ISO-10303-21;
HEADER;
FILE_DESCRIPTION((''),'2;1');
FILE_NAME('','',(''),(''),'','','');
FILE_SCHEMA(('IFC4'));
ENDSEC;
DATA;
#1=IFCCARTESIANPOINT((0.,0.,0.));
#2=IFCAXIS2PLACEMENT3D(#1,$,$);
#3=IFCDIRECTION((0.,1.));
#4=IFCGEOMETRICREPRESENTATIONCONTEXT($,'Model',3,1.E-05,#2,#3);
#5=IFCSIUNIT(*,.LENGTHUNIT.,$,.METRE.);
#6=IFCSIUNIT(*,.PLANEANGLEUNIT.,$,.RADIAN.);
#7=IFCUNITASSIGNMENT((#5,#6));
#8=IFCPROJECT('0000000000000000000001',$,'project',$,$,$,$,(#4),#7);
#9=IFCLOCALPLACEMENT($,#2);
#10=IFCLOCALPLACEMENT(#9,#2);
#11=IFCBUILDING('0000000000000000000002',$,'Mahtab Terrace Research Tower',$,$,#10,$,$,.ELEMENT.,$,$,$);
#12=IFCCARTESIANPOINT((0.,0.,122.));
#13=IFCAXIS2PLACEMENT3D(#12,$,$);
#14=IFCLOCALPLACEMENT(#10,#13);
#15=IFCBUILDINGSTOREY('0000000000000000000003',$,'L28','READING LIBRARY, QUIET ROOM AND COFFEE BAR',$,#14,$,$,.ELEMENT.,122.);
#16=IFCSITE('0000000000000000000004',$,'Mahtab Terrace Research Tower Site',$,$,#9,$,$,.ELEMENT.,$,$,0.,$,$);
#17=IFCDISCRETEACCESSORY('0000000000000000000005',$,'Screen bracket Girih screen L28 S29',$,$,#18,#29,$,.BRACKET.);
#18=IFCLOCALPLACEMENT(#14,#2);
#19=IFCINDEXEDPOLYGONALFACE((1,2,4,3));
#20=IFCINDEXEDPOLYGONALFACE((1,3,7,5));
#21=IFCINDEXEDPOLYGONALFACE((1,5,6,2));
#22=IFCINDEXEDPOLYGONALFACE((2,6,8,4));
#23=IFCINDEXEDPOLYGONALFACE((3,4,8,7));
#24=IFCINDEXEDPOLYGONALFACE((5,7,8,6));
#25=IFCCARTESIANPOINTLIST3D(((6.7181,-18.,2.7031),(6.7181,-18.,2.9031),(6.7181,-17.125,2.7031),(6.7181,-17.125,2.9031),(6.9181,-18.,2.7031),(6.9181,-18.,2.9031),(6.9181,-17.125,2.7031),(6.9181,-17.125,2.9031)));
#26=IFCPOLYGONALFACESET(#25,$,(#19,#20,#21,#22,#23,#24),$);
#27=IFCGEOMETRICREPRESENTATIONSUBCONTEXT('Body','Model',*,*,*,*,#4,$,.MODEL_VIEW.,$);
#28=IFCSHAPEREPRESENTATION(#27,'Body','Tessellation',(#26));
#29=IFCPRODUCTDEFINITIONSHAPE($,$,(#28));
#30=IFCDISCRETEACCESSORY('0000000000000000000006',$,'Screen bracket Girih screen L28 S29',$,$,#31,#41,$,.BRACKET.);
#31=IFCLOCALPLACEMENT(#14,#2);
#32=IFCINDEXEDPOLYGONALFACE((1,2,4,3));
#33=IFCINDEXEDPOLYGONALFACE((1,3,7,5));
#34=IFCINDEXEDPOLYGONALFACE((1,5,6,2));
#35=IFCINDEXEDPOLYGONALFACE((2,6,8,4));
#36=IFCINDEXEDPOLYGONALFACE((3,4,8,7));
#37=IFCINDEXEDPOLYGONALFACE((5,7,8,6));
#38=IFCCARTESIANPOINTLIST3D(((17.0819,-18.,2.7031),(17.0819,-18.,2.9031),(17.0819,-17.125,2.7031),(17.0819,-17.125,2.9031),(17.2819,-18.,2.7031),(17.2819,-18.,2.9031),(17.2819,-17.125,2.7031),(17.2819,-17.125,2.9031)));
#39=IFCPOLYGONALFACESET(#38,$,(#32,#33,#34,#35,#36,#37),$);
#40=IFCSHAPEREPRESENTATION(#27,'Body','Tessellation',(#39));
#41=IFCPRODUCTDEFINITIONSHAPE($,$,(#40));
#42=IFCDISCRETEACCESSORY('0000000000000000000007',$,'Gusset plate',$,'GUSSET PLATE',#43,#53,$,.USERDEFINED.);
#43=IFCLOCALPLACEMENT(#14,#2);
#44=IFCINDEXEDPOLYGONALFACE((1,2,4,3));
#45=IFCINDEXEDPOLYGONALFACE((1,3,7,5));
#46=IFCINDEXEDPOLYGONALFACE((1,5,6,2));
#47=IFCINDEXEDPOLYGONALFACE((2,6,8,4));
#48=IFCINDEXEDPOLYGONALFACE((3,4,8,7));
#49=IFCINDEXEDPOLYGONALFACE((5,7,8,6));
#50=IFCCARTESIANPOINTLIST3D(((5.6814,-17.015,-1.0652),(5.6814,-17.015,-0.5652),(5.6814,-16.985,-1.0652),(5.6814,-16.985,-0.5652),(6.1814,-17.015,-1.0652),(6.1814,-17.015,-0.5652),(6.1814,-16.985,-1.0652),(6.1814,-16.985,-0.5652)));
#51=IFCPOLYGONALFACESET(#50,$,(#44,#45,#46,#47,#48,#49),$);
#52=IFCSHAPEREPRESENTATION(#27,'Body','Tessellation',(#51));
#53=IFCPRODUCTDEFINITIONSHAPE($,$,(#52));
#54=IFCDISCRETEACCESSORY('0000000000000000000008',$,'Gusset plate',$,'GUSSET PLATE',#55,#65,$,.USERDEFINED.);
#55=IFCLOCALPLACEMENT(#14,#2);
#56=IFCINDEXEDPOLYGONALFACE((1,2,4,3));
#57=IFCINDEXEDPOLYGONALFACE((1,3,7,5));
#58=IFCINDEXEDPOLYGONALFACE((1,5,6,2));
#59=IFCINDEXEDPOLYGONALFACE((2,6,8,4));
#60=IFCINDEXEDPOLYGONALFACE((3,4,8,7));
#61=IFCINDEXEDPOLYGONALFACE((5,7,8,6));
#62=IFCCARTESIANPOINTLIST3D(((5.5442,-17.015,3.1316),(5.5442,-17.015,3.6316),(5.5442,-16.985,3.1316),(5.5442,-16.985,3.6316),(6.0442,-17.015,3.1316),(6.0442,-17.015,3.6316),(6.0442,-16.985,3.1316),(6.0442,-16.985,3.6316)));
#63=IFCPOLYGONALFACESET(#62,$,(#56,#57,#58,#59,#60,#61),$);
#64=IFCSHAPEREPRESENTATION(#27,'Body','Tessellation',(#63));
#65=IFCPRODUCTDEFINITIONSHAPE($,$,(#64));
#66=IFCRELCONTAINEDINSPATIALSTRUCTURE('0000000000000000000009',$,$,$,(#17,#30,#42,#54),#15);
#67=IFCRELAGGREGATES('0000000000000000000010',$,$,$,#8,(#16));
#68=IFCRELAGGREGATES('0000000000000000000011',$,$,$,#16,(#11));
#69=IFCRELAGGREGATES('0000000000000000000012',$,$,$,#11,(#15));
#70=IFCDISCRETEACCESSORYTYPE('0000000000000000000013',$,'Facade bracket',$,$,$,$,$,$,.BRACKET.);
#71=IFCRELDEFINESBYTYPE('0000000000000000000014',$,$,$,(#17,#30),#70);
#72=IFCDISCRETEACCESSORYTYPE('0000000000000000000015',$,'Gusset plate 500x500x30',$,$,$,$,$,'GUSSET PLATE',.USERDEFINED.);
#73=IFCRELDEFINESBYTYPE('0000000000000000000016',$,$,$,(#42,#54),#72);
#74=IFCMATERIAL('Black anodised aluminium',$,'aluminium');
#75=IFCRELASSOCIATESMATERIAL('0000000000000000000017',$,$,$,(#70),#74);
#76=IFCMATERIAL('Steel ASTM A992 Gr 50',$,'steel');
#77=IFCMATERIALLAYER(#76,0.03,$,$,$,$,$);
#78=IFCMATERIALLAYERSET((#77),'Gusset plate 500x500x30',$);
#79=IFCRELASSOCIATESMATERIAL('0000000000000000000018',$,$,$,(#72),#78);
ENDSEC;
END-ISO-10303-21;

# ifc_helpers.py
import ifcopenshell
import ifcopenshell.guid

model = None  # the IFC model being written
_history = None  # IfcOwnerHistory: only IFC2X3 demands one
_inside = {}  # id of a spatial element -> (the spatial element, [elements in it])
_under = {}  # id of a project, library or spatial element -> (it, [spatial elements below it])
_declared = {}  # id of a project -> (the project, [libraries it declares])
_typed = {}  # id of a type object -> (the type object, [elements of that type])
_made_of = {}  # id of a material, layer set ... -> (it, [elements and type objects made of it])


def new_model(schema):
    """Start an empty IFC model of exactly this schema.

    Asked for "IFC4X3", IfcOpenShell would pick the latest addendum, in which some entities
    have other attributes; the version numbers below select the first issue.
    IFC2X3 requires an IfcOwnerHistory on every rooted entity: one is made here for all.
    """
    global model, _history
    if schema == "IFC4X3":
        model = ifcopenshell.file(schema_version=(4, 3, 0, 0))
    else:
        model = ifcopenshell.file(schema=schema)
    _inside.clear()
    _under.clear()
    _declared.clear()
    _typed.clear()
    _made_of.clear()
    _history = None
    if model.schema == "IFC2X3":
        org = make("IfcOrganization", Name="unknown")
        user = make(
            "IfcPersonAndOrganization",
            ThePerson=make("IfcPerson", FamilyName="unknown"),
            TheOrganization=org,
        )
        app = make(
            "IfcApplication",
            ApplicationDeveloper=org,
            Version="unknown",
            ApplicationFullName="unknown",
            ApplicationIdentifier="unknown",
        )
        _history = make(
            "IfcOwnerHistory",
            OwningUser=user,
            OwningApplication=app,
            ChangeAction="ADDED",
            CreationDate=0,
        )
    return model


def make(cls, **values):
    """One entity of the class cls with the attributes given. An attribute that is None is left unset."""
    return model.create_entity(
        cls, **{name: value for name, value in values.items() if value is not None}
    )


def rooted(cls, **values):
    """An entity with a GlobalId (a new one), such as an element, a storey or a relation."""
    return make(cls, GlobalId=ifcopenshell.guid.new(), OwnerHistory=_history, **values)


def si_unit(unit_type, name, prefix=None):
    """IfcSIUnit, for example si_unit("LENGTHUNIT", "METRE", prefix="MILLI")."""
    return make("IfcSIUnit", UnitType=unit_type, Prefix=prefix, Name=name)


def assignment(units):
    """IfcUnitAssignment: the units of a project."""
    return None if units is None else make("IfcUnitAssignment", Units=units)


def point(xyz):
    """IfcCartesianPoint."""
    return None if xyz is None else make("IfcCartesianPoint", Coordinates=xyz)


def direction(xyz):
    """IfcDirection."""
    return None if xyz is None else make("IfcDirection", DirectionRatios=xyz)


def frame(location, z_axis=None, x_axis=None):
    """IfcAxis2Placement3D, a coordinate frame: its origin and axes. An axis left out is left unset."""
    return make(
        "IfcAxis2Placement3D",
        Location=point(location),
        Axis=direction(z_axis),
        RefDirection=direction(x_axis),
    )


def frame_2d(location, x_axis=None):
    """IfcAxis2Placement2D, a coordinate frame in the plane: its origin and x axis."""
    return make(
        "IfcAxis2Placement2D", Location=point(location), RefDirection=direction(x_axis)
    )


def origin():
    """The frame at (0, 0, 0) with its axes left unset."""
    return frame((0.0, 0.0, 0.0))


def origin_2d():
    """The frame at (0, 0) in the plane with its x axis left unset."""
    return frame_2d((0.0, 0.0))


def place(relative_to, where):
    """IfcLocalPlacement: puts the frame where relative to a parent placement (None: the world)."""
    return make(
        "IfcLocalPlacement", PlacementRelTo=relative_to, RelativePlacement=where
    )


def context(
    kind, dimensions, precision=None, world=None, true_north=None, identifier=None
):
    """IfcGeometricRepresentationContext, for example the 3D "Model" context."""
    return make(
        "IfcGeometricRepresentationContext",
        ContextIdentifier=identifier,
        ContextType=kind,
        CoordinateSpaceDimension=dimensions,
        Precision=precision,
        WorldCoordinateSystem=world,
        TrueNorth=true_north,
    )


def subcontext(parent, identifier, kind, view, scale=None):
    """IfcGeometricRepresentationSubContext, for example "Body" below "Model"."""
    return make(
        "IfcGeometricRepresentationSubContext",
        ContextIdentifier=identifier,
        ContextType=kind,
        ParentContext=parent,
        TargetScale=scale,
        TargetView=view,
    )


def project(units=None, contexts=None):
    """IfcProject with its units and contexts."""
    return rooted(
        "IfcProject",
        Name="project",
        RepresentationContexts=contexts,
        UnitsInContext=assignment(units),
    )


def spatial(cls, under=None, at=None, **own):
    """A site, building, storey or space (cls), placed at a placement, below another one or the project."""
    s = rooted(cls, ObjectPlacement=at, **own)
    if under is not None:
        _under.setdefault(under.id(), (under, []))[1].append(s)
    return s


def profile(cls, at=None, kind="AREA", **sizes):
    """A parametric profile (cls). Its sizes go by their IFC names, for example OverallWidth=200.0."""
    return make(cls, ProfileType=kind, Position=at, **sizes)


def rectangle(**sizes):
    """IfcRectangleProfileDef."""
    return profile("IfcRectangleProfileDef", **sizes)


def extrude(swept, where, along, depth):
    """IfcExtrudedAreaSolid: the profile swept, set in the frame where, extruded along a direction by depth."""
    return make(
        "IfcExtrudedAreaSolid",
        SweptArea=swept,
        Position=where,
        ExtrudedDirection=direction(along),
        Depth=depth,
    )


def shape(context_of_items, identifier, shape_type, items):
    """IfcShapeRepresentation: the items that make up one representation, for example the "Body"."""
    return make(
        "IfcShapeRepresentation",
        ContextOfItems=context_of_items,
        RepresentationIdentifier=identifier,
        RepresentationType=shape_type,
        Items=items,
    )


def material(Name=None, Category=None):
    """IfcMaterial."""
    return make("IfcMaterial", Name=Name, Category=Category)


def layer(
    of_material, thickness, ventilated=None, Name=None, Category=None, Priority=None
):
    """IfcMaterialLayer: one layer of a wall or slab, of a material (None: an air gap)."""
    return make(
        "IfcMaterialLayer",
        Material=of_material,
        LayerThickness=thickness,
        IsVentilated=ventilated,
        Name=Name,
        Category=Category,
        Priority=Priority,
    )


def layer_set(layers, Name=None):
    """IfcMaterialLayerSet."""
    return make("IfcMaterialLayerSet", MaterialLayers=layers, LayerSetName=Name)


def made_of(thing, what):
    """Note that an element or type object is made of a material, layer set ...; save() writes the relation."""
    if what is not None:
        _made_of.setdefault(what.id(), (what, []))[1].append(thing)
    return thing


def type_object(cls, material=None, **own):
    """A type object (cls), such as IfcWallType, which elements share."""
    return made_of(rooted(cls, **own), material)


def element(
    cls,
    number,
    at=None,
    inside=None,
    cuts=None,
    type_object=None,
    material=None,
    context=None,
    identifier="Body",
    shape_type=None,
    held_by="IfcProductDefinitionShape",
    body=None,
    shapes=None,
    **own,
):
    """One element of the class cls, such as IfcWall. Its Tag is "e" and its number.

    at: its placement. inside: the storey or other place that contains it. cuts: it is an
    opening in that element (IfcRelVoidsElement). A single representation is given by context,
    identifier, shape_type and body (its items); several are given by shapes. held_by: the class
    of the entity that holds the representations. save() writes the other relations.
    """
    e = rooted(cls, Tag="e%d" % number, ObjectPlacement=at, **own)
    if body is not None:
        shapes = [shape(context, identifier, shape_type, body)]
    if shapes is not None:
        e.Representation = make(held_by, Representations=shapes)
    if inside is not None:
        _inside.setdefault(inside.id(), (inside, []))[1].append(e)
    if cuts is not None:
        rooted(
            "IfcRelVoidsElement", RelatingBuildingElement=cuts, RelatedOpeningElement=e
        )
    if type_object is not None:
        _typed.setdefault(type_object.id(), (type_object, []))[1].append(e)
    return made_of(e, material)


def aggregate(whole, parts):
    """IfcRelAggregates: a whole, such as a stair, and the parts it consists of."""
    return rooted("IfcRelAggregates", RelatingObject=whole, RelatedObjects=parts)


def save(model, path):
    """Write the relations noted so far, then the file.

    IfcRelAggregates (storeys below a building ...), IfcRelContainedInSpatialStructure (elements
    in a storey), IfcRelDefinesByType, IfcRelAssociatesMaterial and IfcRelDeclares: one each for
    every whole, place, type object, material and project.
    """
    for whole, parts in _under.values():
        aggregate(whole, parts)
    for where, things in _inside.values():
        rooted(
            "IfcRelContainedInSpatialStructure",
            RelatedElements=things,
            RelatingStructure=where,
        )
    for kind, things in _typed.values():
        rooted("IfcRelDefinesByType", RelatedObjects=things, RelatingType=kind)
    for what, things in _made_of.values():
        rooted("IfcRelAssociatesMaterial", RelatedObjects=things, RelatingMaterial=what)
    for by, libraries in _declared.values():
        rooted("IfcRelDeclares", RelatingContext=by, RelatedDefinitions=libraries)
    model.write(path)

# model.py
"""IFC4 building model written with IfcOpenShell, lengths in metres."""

from ifc_helpers import new_model, si_unit, direction, frame, origin, origin_2d, place, context, subcontext, project, spatial, rectangle, extrude, material, layer, layer_set, type_object, element, save


model = new_model("IFC4")

# Units and contexts
model_context = context("Model", 3, precision=1e-05, world=origin(), true_north=direction((0.0, 1.0)))
body_context = subcontext(model_context, "Body", "Model", "MODEL_VIEW")
ifc_project = project(units=[si_unit("LENGTHUNIT", "METRE"), si_unit("PLANEANGLEUNIT", "RADIAN")], contexts=[model_context])

# Site, building, storey
site_placement = place(None, origin())
site = spatial("IfcSite", under=ifc_project, at=site_placement, Name="Mahtab Terrace Research Tower Site", CompositionType="ELEMENT", RefElevation=0.0)
building_placement = place(site_placement, origin())
building = spatial("IfcBuilding", under=site, at=building_placement, Name="Mahtab Terrace Research Tower", CompositionType="ELEMENT")
storey_placement = place(building_placement, frame((0.0, 0.0, 122.0)))
storey = spatial("IfcBuildingStorey", under=building, at=storey_placement, Name="L28", Description="READING LIBRARY, QUIET ROOM AND COFFEE BAR", CompositionType="ELEMENT", Elevation=122.0)

# Shared definitions
ifc_material_1 = material(Name="Steel ASTM A992 Gr 50", Category="steel")

# Discrete accessories
ifc_material_2 = material(Name="Black anodised aluminium", Category="aluminium")
discrete_accessory_type_1 = type_object("IfcDiscreteAccessoryType", Name="Facade bracket", PredefinedType="BRACKET", material=ifc_material_2)
for number, where, z_axis, x_axis, name in (
    (1, (6.8181, -17.5625, 2.7031), (0.0, 0.0, 1.0), (1.0, 0.0, 0.0), "Screen bracket Girih screen L28 S29"),
    (2, (17.1819, -17.5625, 2.7031), (0.0, 0.0, 1.0), (1.0, 0.0, 0.0), "Screen bracket Girih screen L28 S29"),
):
    element("IfcDiscreteAccessory", number, at=place(storey_placement, frame(where, z_axis=z_axis, x_axis=x_axis)), inside=storey, type_object=discrete_accessory_type_1, Name=name, PredefinedType="BRACKET", context=body_context, shape_type="SweptSolid", body=[
        extrude(rectangle(XDim=0.2, YDim=0.875, at=origin_2d()), origin(), (0.0, 0.0, 1.0), 0.2),
    ])
ifc_layer_1 = layer(ifc_material_1, 0.03)
ifc_layer_set_1 = layer_set([ifc_layer_1], Name="Gusset plate 500x500x30")
discrete_accessory_type_2 = type_object("IfcDiscreteAccessoryType", Name="Gusset plate 500x500x30", ElementType="GUSSET PLATE", PredefinedType="USERDEFINED", material=ifc_layer_set_1)
for number, where, z_axis, x_axis, name in (
    (3, (5.9314, -17.0, -1.0652), (0.0, 0.0, 1.0), (1.0, 0.0, 0.0), "Gusset plate"),
    (4, (5.7942, -17.0, 3.1316), (0.0, 0.0, 1.0), (1.0, 0.0, 0.0), "Gusset plate"),
):
    element("IfcDiscreteAccessory", number, at=place(storey_placement, frame(where, z_axis=z_axis, x_axis=x_axis)), inside=storey, type_object=discrete_accessory_type_2, Name=name, ObjectType="GUSSET PLATE", PredefinedType="USERDEFINED", context=body_context, shape_type="SweptSolid", body=[
        extrude(rectangle(XDim=0.5, YDim=0.03, at=origin_2d()), origin(), (0.0, 0.0, 1.0), 0.5),
    ])

save(model, "model.ifc")
